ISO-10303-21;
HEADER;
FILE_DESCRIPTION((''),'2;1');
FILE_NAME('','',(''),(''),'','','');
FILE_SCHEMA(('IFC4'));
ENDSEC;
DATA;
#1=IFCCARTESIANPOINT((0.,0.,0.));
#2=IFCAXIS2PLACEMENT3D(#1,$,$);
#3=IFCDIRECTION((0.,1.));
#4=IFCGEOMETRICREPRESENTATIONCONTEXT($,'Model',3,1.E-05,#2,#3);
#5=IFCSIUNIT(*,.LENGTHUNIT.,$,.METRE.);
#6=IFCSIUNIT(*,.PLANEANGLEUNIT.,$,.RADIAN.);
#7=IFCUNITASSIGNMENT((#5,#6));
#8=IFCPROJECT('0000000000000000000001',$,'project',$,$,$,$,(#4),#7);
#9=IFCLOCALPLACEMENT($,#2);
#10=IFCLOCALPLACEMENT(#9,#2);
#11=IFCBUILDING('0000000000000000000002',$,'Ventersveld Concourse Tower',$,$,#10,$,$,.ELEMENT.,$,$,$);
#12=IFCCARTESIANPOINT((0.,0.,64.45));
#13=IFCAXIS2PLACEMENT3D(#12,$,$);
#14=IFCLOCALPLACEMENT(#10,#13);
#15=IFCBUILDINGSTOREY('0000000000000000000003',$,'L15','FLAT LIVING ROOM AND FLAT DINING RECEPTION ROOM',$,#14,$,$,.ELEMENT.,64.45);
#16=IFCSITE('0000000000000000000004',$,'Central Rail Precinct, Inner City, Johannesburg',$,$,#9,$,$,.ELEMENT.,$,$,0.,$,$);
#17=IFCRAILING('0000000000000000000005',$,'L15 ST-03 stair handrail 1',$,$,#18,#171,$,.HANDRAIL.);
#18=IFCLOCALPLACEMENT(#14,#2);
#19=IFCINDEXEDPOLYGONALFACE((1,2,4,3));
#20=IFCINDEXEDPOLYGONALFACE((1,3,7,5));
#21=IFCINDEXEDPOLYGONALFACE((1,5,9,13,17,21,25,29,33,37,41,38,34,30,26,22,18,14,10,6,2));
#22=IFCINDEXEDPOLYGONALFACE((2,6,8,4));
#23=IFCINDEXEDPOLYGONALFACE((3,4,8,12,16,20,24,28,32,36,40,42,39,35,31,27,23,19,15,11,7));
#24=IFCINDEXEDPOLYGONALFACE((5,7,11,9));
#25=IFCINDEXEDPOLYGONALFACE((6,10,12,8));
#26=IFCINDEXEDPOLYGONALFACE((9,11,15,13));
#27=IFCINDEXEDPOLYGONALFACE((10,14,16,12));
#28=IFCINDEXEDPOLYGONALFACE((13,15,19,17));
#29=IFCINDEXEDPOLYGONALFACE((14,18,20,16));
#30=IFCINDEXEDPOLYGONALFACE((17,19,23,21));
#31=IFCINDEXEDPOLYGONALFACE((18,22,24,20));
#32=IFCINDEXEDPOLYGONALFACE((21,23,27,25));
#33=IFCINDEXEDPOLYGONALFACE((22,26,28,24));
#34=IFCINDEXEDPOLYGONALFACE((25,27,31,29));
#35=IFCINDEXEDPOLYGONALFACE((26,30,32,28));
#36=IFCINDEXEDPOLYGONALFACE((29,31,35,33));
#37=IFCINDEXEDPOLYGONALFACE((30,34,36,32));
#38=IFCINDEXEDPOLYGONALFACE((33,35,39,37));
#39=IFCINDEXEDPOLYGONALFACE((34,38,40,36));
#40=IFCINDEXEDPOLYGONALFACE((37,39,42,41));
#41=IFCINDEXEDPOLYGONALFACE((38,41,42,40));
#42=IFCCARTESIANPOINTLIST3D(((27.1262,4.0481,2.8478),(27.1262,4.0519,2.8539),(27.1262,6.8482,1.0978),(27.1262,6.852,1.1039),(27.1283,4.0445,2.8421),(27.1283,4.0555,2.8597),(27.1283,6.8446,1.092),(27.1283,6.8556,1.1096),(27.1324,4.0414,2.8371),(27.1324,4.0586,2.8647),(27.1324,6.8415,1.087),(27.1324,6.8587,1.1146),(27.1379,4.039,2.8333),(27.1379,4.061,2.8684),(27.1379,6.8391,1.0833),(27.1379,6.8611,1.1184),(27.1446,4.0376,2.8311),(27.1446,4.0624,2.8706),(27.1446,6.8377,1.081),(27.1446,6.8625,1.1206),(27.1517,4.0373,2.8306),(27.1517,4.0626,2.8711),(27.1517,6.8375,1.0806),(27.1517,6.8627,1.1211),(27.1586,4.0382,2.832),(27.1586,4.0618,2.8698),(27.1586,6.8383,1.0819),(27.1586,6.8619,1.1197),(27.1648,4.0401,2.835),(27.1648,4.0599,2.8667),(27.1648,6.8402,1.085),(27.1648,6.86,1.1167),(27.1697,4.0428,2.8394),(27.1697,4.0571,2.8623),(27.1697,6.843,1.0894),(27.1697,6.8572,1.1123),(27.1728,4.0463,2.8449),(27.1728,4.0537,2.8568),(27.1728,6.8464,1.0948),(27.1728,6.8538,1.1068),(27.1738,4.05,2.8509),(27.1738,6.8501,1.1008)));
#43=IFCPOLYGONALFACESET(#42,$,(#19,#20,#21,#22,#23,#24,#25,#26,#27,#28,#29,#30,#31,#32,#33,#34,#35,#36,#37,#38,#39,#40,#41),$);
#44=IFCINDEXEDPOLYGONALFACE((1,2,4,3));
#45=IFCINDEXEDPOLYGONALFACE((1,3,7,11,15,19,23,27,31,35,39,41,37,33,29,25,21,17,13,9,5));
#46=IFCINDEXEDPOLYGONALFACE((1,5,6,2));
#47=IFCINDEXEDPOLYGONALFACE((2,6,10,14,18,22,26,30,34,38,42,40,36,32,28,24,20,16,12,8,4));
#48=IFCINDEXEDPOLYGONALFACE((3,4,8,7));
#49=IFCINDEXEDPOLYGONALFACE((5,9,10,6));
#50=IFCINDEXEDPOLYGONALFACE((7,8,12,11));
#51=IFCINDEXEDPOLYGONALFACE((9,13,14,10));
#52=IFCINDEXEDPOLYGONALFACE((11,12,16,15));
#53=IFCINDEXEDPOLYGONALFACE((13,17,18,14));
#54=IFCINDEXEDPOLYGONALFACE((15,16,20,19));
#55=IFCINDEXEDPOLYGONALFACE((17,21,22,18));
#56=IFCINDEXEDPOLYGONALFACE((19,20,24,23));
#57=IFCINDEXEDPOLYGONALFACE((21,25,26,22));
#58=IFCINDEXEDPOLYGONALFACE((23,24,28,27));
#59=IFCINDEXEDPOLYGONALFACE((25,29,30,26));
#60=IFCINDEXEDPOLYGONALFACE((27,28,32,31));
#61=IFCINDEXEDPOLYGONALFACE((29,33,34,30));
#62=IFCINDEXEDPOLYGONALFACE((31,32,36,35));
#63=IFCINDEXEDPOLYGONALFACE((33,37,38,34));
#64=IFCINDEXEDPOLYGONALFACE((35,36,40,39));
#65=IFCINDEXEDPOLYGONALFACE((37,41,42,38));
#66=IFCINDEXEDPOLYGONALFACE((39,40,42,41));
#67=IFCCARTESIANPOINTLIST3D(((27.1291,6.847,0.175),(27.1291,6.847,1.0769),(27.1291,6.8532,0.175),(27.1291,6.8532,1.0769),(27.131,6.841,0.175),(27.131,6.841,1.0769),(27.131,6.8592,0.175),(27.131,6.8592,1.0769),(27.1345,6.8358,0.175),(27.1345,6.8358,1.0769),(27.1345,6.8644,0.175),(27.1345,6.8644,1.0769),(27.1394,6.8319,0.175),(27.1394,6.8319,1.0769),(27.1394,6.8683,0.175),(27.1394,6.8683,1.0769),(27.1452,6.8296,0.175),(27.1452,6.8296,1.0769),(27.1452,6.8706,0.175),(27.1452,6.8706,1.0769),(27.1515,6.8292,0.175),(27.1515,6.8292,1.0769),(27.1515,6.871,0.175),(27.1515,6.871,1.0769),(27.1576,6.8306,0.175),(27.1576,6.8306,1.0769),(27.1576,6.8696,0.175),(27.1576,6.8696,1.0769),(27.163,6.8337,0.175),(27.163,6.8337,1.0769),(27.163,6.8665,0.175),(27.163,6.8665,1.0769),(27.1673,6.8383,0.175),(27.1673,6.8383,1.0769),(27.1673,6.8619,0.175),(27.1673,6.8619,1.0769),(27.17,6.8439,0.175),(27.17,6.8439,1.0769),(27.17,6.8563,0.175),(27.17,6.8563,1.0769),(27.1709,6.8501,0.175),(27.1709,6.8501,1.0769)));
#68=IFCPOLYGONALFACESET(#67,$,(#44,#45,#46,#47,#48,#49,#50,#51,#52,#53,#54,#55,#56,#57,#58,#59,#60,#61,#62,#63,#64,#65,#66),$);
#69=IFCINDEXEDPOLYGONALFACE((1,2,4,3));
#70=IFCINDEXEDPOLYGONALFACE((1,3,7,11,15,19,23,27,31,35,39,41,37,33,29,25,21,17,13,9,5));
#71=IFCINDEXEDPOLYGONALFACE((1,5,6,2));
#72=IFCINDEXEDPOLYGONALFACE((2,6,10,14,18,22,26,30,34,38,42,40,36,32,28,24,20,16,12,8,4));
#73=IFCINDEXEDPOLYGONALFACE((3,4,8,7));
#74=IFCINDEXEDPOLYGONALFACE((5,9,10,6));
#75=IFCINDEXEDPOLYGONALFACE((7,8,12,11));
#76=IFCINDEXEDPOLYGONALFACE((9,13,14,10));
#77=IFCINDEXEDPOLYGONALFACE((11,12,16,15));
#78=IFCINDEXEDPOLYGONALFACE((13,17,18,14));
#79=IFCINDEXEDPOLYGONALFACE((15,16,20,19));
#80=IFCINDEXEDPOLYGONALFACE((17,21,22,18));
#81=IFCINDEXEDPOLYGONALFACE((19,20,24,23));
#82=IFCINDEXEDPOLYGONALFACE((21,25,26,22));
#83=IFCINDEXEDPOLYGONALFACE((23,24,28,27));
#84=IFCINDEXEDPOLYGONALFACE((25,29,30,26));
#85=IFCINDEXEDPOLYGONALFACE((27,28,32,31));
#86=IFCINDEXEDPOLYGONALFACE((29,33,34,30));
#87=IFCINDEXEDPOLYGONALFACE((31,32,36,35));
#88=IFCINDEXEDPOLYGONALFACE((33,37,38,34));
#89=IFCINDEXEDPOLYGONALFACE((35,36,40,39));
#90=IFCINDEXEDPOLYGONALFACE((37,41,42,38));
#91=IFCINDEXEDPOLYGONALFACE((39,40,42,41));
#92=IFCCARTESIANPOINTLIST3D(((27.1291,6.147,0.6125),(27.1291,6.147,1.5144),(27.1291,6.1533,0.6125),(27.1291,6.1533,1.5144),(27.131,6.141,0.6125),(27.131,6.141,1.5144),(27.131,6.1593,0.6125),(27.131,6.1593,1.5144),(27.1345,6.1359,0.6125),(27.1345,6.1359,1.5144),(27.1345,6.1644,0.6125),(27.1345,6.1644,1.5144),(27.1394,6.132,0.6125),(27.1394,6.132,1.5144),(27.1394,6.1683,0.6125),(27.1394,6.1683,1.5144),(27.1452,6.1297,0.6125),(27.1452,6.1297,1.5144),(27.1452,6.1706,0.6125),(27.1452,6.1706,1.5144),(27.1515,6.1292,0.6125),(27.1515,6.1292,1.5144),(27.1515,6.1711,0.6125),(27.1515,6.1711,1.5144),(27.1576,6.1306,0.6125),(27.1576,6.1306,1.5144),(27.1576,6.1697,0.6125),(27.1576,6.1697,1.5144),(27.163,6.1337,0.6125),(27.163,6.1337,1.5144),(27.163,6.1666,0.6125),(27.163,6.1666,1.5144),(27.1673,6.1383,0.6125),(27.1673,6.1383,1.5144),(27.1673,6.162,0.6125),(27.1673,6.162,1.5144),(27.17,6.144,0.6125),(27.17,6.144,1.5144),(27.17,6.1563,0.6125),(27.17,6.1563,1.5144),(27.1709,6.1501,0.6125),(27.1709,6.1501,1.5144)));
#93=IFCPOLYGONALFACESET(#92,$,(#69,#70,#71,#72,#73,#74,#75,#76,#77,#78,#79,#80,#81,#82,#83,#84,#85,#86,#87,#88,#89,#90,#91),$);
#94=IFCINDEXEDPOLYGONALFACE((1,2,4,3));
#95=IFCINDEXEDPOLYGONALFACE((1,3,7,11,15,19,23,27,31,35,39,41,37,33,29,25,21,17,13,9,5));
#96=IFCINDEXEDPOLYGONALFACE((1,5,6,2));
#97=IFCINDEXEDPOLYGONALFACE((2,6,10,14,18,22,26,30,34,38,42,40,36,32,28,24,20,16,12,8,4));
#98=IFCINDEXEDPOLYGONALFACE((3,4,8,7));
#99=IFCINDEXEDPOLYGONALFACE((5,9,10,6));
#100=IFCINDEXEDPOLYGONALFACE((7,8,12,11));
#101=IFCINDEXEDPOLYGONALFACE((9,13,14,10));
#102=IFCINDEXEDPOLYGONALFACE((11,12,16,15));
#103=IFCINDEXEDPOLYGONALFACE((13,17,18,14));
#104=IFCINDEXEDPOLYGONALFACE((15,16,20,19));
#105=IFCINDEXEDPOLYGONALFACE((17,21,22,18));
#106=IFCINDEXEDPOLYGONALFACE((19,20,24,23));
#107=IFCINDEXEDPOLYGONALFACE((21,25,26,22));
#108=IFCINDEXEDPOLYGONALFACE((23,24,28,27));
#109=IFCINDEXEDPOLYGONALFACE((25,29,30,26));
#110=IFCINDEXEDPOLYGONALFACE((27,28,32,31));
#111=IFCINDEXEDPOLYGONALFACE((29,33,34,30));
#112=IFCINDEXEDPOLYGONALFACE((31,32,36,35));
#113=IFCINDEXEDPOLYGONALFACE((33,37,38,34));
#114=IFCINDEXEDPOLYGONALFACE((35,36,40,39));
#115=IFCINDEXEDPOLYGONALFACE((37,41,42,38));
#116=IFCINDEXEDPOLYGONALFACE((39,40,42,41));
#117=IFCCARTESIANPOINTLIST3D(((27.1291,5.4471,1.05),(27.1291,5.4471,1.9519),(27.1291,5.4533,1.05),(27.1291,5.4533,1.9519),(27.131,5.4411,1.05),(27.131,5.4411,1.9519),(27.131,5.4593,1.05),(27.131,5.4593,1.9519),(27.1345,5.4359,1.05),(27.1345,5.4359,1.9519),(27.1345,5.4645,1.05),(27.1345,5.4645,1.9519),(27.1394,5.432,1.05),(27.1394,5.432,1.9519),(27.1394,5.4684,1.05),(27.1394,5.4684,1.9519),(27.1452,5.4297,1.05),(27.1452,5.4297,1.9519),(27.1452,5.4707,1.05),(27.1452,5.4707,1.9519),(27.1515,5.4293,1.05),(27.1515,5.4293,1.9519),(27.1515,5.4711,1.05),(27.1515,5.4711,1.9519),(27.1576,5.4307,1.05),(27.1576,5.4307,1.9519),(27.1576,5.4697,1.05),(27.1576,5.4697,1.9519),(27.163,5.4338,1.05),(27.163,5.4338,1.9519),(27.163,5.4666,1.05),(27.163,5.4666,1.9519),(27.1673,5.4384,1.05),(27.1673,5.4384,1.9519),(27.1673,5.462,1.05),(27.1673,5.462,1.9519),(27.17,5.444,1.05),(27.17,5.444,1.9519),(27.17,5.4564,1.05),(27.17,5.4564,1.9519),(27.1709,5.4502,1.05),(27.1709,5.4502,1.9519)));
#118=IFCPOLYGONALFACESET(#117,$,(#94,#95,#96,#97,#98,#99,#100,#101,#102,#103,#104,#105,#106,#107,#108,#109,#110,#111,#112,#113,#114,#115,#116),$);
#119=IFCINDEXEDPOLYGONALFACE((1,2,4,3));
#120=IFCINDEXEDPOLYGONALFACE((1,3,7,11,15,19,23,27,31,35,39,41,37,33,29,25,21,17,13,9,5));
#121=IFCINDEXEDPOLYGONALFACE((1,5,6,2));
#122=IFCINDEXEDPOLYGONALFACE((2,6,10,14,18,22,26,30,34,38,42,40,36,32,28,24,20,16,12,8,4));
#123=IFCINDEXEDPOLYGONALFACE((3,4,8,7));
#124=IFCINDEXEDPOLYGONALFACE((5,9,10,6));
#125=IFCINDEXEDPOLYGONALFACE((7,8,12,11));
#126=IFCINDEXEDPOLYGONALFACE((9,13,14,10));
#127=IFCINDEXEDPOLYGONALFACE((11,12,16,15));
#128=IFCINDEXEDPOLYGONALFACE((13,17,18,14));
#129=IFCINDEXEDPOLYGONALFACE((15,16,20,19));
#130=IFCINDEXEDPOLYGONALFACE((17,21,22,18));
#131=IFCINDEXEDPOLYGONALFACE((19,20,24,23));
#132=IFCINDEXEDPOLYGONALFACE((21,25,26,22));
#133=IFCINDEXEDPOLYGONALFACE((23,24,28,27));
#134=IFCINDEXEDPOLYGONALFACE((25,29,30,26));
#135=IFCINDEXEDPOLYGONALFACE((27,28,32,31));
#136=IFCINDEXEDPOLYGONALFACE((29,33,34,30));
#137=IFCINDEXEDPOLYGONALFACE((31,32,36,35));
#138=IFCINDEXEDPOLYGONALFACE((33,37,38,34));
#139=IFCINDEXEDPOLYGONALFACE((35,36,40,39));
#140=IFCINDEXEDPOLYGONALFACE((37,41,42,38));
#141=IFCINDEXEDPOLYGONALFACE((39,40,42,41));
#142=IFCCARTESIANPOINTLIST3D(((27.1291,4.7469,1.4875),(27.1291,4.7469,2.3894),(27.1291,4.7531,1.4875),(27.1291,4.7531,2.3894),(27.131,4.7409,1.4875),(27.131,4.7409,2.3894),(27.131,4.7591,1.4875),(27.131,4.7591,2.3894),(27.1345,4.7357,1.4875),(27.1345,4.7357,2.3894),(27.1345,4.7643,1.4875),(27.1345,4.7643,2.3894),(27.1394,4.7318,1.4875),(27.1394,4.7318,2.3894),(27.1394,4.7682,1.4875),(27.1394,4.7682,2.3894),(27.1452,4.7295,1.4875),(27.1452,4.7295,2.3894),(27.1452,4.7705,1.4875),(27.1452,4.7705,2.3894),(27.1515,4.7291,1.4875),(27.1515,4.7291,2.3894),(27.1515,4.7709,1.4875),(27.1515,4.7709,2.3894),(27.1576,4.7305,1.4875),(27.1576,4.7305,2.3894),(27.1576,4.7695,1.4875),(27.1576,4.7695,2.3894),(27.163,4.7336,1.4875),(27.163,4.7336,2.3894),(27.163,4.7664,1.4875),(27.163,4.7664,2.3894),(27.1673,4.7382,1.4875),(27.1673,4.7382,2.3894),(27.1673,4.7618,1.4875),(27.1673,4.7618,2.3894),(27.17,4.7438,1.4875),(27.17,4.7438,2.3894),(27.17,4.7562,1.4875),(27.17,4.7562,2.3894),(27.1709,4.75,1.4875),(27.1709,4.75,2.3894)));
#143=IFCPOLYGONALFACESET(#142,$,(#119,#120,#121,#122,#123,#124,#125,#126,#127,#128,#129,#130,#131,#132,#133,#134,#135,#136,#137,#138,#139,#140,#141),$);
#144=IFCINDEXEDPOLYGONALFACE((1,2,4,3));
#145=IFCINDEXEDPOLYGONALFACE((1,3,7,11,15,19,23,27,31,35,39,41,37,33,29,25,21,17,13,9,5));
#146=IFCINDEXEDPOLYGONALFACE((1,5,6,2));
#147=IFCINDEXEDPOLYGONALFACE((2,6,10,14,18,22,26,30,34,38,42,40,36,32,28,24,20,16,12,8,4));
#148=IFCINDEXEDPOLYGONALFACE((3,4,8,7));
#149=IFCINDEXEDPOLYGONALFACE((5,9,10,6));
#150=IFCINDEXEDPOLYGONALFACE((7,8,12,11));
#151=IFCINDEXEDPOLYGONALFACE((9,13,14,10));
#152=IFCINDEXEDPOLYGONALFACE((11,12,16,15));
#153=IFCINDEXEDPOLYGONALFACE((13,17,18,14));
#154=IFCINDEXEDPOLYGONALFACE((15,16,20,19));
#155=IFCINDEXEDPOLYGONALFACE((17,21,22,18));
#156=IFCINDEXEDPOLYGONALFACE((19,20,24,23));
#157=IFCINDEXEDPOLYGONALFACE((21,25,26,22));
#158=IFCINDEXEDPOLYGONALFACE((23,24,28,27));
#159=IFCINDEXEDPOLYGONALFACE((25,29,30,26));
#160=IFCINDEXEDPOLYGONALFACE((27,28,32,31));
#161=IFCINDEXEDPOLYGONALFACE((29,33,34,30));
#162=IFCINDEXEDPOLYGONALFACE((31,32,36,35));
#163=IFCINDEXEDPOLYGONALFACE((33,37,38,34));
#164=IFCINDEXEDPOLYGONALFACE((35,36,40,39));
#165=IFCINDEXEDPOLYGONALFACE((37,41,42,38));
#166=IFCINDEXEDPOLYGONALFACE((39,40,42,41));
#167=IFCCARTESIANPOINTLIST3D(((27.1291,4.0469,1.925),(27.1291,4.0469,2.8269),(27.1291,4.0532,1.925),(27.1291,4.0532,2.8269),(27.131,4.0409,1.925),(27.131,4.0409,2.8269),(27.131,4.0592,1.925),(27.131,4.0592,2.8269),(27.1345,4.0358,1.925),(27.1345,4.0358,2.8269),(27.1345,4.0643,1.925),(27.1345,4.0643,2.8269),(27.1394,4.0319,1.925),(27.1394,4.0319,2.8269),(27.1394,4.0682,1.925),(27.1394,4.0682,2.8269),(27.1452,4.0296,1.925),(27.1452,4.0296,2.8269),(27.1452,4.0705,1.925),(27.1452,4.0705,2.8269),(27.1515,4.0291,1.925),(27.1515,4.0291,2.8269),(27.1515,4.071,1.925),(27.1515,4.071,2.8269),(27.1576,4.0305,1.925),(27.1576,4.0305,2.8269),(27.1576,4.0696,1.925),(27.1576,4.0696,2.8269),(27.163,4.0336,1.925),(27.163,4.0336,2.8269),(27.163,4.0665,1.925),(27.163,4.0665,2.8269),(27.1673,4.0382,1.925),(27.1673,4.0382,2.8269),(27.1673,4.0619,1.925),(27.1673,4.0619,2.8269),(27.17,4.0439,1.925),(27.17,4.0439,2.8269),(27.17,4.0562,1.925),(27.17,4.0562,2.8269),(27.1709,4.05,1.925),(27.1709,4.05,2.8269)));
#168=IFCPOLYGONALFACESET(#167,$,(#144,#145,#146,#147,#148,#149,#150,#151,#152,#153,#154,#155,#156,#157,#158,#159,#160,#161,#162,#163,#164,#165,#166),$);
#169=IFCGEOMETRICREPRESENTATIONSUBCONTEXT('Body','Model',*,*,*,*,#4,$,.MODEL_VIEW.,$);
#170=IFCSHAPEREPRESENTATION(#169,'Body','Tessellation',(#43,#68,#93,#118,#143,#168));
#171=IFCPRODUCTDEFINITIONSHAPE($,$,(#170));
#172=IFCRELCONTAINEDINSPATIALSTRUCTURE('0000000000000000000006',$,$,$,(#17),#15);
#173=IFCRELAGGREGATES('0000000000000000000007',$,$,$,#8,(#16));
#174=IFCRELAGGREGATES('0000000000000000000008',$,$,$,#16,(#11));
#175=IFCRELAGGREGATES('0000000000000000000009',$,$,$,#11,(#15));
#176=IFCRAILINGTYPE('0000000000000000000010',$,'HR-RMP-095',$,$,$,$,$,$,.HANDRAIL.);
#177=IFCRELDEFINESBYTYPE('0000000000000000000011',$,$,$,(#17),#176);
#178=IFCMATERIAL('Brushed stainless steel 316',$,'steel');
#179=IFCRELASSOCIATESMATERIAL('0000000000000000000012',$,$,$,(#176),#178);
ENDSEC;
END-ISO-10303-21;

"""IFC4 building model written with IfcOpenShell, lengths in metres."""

from ifc_helpers import new_model, si_unit, direction, frame, origin, origin_2d, place, context, subcontext, project, spatial, circle, extrude, material, type_object, element, save


model = new_model("IFC4")

# Units and contexts
model_context = context("Model", 3, precision=1e-05, world=origin(), true_north=direction((0.0, 1.0)))
body_context = subcontext(model_context, "Body", "Model", "MODEL_VIEW")
ifc_project = project(units=[si_unit("LENGTHUNIT", "METRE"), si_unit("PLANEANGLEUNIT", "RADIAN")], contexts=[model_context])

# Site, building, storey
site_placement = place(None, origin())
site = spatial("IfcSite", under=ifc_project, at=site_placement, Name="Central Rail Precinct, Inner City, Johannesburg", CompositionType="ELEMENT", RefElevation=0.0)
building_placement = place(site_placement, origin())
building = spatial("IfcBuilding", under=site, at=building_placement, Name="Ventersveld Concourse Tower", CompositionType="ELEMENT")
storey_placement = place(building_placement, frame((0.0, 0.0, 64.45)))
storey = spatial("IfcBuildingStorey", under=building, at=storey_placement, Name="L15", Description="FLAT LIVING ROOM AND FLAT DINING RECEPTION ROOM", CompositionType="ELEMENT", Elevation=64.45)

# Shared definitions
ifc_material_1 = material(Name="Brushed stainless steel 316", Category="steel")

# Railing
railing_type_1 = type_object("IfcRailingType", Name="HR-RMP-095", PredefinedType="HANDRAIL", material=ifc_material_1)
railing_1_placement = place(storey_placement, frame((27.1499, 6.8501, 0.175)))
element("IfcRailing", 1, at=railing_1_placement, inside=storey, type_object=railing_type_1, Name="L15 ST-03 stair handrail 1", PredefinedType="HANDRAIL", context=body_context, shape_type="SweptSolid", body=[
    extrude(circle(Radius=0.0239, at=origin_2d()), frame((0.0, 0.0, 0.9258), z_axis=(0.0, -0.848002, 0.529992), x_axis=(1.0, 0.0, 0.0)), (0.0, 0.0, 1.0), 3.302),
    extrude(circle(Radius=0.021, at=origin_2d()), origin(), (0.0, 0.0, 1.0), 0.9019),
    extrude(circle(Radius=0.021, at=origin_2d()), frame((0.0, -0.7, 0.4375)), (0.0, 0.0, 1.0), 0.9019),
    extrude(circle(Radius=0.021, at=origin_2d()), frame((0.0, -1.3999, 0.875)), (0.0, 0.0, 1.0), 0.9019),
    extrude(circle(Radius=0.021, at=origin_2d()), frame((0.0, -2.1001, 1.3125)), (0.0, 0.0, 1.0), 0.9019),
    extrude(circle(Radius=0.021, at=origin_2d()), frame((0.0, -2.8, 1.75)), (0.0, 0.0, 1.0), 0.9019),
])

save(model, "model.ifc")
